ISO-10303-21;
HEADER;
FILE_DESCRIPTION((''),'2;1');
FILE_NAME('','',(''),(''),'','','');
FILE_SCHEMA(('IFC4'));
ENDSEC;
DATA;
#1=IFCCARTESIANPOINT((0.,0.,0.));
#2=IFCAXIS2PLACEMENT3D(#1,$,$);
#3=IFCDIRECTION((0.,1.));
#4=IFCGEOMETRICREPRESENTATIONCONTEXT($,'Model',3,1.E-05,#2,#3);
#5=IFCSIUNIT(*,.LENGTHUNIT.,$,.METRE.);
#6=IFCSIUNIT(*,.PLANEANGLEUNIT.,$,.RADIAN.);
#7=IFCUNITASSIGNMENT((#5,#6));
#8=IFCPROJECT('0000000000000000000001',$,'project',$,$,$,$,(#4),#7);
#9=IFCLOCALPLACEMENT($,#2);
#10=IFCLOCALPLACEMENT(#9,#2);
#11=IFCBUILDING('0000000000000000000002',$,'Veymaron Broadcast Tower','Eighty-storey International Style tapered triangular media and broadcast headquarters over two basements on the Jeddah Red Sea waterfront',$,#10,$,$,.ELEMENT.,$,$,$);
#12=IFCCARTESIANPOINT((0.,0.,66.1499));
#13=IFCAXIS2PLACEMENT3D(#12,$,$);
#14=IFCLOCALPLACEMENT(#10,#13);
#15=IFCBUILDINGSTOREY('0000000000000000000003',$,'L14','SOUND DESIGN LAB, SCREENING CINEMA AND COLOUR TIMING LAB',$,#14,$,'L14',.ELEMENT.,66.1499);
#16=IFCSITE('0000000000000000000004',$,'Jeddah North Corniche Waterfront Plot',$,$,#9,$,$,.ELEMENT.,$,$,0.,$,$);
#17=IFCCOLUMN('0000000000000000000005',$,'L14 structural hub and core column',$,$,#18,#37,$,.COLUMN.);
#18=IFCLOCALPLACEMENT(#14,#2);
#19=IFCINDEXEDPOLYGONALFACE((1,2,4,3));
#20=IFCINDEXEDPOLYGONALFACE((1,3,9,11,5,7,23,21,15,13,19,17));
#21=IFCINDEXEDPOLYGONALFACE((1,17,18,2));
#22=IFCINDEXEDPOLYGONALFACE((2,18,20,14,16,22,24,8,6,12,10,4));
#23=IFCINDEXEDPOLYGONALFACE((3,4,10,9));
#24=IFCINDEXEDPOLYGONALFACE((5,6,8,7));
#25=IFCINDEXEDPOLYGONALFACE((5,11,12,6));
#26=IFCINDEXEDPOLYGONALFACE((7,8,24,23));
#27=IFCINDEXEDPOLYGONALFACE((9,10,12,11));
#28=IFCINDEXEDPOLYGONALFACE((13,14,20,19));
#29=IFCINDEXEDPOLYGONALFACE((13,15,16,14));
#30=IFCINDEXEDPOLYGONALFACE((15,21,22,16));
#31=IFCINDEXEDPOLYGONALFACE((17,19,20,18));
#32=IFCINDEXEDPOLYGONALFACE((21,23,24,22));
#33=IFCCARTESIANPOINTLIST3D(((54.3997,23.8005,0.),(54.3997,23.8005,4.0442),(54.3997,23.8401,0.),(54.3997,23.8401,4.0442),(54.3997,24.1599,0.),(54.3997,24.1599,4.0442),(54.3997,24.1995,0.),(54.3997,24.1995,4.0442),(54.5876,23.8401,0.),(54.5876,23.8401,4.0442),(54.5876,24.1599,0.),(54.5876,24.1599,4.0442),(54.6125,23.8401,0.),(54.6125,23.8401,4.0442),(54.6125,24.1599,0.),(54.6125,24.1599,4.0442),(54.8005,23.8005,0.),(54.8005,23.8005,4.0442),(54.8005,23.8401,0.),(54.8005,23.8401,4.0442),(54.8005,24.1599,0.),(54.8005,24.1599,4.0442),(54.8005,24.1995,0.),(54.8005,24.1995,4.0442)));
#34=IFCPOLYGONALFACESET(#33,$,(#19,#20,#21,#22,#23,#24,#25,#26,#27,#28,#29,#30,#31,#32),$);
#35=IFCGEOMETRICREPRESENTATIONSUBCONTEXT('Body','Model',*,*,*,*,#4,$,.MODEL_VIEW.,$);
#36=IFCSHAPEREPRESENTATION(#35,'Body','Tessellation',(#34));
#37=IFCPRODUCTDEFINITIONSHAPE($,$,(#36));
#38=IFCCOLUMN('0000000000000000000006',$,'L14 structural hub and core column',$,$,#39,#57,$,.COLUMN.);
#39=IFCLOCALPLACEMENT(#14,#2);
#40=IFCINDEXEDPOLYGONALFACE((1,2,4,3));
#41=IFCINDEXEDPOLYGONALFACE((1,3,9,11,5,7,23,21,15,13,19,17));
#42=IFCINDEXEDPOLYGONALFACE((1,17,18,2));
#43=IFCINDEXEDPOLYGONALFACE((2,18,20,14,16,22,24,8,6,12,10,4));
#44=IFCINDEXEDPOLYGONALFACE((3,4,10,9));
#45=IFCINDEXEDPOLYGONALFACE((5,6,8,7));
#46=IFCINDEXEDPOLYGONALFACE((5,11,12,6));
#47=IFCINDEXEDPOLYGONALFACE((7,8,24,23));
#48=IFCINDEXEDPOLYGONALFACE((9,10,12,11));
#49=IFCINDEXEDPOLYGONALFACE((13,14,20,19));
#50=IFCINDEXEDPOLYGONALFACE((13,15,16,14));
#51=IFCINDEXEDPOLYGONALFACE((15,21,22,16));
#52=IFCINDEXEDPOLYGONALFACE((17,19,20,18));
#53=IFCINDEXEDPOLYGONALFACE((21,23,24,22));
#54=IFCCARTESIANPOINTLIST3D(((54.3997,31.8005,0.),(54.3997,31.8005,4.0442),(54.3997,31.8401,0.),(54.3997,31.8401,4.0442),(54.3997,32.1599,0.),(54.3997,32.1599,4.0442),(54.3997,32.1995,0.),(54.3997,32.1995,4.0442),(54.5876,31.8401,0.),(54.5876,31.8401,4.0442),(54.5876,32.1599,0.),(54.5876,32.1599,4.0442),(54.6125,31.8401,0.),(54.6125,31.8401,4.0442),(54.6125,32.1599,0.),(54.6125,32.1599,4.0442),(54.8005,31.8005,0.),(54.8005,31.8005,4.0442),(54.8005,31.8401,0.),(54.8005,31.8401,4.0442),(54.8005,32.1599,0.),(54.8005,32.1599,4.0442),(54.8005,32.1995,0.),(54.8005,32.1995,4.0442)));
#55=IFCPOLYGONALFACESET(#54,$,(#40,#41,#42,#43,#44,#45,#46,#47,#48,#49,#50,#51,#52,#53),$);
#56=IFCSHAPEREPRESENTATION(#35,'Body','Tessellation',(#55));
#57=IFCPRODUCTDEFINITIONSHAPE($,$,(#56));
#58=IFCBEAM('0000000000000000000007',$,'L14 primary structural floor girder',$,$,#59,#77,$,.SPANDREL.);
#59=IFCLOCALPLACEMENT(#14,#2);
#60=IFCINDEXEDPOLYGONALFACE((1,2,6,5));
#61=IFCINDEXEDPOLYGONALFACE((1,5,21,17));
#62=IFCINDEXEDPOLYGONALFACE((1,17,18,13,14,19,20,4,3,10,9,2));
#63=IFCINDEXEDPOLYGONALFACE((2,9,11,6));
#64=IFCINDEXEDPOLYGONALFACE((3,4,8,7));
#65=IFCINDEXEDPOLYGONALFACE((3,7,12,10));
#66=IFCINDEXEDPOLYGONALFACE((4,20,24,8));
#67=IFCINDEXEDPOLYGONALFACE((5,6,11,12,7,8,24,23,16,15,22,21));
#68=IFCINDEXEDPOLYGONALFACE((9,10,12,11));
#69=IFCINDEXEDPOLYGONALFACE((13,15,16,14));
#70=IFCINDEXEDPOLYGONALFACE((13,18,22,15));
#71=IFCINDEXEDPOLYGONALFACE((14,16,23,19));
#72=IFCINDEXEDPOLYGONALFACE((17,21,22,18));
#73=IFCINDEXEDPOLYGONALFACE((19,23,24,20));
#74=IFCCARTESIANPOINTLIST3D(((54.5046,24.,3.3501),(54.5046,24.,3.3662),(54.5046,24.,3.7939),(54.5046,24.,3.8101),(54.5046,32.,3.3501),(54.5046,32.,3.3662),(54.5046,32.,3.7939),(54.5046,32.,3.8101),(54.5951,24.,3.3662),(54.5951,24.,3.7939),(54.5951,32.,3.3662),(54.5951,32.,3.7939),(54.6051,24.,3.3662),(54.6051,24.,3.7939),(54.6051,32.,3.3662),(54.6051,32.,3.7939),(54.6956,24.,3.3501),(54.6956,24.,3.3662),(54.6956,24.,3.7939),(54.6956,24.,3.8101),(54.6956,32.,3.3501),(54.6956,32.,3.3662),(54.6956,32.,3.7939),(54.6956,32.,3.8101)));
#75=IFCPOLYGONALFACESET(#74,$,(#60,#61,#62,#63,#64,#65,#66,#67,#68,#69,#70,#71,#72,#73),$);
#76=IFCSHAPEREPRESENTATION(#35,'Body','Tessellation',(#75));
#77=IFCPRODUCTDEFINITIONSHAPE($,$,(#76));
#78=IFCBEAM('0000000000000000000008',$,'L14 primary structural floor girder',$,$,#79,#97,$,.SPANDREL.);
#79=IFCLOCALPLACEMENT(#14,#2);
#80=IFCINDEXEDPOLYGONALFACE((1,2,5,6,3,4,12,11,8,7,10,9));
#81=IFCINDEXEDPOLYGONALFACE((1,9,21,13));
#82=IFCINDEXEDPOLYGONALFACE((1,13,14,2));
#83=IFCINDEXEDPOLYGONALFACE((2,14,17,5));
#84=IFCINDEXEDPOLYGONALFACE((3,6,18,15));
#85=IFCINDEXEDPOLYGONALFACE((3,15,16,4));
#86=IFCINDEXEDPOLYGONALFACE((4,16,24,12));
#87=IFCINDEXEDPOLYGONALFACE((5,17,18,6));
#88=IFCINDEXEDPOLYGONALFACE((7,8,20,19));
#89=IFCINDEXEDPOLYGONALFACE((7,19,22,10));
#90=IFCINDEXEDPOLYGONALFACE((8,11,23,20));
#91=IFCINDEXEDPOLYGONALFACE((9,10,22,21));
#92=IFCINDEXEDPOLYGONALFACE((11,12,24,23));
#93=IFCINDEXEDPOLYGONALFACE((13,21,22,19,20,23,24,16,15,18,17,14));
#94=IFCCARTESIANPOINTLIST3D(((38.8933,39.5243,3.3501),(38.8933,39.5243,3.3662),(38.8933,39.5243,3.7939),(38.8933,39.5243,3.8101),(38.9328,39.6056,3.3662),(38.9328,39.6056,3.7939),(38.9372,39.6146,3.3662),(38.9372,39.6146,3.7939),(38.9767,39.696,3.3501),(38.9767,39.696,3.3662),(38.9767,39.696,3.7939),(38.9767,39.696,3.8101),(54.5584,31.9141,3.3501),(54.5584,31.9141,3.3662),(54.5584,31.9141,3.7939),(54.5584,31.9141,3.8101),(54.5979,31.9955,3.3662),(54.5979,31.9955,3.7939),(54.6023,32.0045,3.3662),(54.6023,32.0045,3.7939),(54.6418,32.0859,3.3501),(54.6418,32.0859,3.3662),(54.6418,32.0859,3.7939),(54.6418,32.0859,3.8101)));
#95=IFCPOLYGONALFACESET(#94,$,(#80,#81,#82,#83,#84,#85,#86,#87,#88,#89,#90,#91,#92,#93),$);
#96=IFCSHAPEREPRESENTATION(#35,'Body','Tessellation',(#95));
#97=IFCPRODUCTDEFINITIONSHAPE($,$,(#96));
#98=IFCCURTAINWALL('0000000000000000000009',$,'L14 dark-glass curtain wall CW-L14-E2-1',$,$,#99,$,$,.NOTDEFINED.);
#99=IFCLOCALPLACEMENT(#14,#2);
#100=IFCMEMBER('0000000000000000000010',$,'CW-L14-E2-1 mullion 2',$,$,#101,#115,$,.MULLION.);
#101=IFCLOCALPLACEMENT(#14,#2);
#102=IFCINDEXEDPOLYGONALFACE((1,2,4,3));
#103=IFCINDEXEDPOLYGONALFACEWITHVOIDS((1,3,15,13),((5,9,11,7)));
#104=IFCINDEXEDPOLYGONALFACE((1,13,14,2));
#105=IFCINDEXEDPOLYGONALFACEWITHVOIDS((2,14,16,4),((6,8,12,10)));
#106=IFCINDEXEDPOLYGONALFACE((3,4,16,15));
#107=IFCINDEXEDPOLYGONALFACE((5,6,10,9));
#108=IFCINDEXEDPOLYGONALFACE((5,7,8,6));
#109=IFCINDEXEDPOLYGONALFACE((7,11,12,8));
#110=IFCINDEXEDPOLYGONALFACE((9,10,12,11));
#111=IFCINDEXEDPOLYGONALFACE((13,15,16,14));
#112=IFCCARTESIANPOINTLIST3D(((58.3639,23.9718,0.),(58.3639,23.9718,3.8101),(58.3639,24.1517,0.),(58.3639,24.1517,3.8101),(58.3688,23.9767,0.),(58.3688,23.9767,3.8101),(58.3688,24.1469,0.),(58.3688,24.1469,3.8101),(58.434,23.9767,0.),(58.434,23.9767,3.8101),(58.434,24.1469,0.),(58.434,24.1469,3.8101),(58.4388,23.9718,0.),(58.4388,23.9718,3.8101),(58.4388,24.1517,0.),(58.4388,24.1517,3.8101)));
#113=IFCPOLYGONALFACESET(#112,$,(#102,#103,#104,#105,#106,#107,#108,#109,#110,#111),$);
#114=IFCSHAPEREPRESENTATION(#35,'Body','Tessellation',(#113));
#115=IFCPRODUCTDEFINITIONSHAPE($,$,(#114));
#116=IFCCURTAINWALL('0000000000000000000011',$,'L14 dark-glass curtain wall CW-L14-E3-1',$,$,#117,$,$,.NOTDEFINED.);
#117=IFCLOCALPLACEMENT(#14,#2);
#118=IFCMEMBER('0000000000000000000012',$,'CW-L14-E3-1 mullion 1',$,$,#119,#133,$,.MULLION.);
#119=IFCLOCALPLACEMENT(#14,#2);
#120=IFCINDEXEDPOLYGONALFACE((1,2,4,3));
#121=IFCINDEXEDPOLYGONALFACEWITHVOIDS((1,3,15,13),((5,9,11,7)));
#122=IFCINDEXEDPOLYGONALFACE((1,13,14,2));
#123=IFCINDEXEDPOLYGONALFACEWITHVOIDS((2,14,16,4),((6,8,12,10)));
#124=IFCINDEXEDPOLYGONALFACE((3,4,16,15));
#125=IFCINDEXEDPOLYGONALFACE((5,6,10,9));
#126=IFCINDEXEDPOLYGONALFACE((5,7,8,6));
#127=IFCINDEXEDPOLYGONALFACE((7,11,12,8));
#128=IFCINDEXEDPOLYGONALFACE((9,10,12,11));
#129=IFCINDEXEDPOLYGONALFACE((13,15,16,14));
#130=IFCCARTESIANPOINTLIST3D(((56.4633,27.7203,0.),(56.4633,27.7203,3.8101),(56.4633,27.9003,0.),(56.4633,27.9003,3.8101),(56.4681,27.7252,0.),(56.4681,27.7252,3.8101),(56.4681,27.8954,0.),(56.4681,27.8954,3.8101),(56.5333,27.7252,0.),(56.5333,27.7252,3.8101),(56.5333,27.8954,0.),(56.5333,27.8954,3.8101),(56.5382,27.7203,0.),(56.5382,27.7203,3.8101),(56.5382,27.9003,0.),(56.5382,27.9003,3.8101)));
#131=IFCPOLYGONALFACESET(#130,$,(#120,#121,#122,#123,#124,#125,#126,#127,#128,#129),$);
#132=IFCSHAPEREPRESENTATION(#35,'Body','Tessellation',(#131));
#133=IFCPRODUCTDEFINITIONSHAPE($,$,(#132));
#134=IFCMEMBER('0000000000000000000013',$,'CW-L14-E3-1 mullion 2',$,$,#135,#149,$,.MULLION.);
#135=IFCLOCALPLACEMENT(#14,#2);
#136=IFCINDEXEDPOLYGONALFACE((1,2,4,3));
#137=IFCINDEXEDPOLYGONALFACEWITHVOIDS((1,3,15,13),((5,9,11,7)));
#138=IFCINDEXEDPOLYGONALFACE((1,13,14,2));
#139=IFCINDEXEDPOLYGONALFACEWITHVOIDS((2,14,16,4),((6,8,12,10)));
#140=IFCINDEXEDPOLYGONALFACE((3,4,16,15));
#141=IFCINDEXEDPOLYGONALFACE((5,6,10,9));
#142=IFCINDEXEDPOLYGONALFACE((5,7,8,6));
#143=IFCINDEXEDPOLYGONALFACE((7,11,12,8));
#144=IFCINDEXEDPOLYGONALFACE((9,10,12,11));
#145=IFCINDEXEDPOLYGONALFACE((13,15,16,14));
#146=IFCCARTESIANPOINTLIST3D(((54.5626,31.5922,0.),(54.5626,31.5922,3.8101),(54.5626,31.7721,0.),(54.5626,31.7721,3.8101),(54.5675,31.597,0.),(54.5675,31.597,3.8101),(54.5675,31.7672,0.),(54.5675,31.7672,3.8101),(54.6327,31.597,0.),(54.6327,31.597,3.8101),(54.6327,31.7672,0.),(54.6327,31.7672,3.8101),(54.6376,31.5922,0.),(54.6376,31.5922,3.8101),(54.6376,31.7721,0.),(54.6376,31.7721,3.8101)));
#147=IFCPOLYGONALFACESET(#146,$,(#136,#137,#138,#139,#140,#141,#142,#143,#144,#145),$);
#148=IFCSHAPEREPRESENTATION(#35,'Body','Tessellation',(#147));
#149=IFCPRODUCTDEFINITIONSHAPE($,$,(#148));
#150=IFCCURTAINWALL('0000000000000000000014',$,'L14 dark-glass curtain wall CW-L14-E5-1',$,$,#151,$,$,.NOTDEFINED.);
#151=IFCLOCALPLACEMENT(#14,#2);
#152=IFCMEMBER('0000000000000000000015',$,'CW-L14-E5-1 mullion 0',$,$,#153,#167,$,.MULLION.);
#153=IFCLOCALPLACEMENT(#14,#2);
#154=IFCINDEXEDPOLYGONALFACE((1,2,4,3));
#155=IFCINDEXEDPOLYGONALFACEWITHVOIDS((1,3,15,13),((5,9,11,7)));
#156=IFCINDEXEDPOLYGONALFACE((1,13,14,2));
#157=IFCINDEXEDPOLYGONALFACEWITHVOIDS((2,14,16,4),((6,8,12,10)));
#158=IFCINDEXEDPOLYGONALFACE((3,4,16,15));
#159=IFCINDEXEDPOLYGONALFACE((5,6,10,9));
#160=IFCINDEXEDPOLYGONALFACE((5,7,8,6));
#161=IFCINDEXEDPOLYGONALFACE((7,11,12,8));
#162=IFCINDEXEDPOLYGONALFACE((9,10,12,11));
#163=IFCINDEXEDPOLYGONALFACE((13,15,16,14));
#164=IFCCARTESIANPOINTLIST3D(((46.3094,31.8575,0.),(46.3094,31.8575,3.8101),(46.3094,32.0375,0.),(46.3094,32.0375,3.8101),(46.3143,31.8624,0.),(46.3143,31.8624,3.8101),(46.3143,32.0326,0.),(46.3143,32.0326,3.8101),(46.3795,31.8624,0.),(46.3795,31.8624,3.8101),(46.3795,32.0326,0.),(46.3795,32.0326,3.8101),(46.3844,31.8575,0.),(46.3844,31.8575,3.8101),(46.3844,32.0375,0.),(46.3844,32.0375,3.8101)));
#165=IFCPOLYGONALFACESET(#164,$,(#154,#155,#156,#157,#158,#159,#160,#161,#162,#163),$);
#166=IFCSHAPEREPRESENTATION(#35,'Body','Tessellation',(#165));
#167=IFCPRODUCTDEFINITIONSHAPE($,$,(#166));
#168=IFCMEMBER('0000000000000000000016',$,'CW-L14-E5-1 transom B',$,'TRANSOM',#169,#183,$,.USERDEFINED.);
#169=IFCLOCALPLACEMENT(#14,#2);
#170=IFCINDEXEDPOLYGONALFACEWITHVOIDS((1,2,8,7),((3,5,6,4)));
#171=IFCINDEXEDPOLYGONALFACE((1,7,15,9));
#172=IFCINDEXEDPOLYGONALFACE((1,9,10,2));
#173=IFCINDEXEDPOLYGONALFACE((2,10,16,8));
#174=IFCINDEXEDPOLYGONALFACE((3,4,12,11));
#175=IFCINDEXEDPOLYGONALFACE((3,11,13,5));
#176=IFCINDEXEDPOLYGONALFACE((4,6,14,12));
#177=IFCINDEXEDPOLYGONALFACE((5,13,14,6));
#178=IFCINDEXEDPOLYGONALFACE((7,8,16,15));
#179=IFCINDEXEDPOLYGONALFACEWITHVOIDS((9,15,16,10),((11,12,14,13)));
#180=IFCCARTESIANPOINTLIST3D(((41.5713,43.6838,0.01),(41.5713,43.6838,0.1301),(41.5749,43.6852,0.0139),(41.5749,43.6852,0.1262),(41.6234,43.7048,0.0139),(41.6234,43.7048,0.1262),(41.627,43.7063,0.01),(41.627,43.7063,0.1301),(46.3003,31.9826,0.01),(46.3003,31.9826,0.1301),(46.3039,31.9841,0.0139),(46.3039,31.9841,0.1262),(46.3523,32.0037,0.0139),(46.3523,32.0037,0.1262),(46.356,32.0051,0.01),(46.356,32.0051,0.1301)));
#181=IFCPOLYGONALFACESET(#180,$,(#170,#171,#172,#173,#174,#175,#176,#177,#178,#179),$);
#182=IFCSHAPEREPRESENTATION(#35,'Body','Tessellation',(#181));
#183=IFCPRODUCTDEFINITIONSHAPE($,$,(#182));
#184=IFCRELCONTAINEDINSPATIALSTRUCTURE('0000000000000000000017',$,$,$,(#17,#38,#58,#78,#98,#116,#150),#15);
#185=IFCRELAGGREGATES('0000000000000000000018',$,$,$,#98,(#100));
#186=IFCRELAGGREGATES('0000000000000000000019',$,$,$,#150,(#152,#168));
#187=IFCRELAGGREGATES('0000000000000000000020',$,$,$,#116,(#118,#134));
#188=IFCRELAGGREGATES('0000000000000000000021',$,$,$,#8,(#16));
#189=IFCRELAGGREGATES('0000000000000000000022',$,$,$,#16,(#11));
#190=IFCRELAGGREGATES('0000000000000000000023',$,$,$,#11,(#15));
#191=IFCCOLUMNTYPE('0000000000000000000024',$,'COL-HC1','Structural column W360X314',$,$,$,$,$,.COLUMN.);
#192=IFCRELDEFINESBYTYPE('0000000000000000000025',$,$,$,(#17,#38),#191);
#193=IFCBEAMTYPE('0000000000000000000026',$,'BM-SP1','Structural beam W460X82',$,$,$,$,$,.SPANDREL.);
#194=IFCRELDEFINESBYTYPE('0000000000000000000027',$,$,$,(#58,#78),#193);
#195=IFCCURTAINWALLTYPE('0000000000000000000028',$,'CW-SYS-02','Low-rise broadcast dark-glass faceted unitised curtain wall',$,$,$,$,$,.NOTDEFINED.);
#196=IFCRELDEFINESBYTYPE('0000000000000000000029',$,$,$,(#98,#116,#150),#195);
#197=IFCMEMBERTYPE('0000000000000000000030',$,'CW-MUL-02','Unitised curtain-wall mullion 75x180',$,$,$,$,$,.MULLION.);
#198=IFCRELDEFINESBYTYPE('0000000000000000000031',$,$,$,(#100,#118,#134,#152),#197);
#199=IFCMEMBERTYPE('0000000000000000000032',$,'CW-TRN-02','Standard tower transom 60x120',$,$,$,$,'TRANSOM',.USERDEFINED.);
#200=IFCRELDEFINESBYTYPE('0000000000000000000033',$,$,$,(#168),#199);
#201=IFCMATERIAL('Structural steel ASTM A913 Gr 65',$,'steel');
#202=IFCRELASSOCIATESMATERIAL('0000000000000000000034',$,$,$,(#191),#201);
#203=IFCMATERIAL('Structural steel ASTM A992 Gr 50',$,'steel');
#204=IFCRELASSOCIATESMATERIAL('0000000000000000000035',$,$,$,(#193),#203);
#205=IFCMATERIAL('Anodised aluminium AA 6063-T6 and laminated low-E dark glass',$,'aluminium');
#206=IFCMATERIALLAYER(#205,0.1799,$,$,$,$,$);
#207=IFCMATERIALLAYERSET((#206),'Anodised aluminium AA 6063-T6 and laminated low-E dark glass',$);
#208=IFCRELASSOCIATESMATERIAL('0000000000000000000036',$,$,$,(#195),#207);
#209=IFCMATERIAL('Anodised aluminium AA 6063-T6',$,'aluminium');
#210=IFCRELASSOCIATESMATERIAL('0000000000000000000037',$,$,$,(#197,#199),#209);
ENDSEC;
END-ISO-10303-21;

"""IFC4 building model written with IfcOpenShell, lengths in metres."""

from ifc_helpers import new_model, si_unit, direction, frame, origin, origin_2d, place, context, subcontext, project, spatial, hollow_rectangle, i_section, extrude, material, layer, layer_set, material_profile, profile_set, type_object, element, aggregate, save


model = new_model("IFC4")

# Units and contexts
model_context = context("Model", 3, precision=1e-05, world=origin(), true_north=direction((0.0, 1.0)))
body_context = subcontext(model_context, "Body", "Model", "MODEL_VIEW")
ifc_project = project(units=[si_unit("LENGTHUNIT", "METRE"), si_unit("PLANEANGLEUNIT", "RADIAN")], contexts=[model_context])

# Site, building, storey
site_placement = place(None, origin())
site = spatial("IfcSite", under=ifc_project, at=site_placement, Name="Jeddah North Corniche Waterfront Plot", CompositionType="ELEMENT", RefElevation=0.0)
building_placement = place(site_placement, origin())
building = spatial("IfcBuilding", under=site, at=building_placement, Name="Veymaron Broadcast Tower", Description="Eighty-storey International Style tapered triangular media and broadcast headquarters over two basements on the Jeddah Red Sea waterfront", CompositionType="ELEMENT")
storey_placement = place(building_placement, frame((0.0, 0.0, 66.1499)))
storey = spatial("IfcBuildingStorey", under=building, at=storey_placement, Name="L14", Description="SOUND DESIGN LAB, SCREENING CINEMA AND COLOUR TIMING LAB", LongName="L14", CompositionType="ELEMENT", Elevation=66.1499)

# Columns
ifc_material_1 = material(Name="Structural steel ASTM A913 Gr 65", Category="steel")
ifc_material_profile_1 = material_profile(ifc_material_1, i_section(OverallWidth=0.4009, OverallDepth=0.3989, WebThickness=0.0249, FlangeThickness=0.0396, at=origin_2d()), Name="W360X314")
ifc_profile_set_1 = profile_set([ifc_material_profile_1], Name="Structural steel ASTM A913 Gr 65")
column_type = type_object("IfcColumnType", Name="COL-HC1", Description="Structural column W360X314", PredefinedType="COLUMN", material=ifc_profile_set_1)
for number, where, z_axis, x_axis, name in (
    (1, (54.6001, 24.0, 0.0), (0.0, 0.0, 1.0), (1.0, 0.0, 0.0), "L14 structural hub and core column"),
    (2, (54.6001, 32.0, 0.0), (0.0, 0.0, 1.0), (1.0, 0.0, 0.0), "L14 structural hub and core column"),
):
    element("IfcColumn", number, at=place(storey_placement, frame(where, z_axis=z_axis, x_axis=x_axis)), inside=storey, type_object=column_type, Name=name, PredefinedType="COLUMN", context=body_context, shape_type="SweptSolid", body=[
        extrude(i_section(OverallWidth=0.4009, OverallDepth=0.3989, WebThickness=0.0249, FlangeThickness=0.0396, at=origin_2d()), origin(), (0.0, 0.0, 1.0), 4.0442),
    ])

# Beams
ifc_material_2 = material(Name="Structural steel ASTM A992 Gr 50", Category="steel")
ifc_material_profile_2 = material_profile(ifc_material_2, i_section(OverallWidth=0.1909, OverallDepth=0.46, WebThickness=0.01, FlangeThickness=0.0161, at=origin_2d()), Name="W460X82")
ifc_profile_set_2 = profile_set([ifc_material_profile_2], Name="Structural steel ASTM A992 Gr 50")
beam_type = type_object("IfcBeamType", Name="BM-SP1", Description="Structural beam W460X82", PredefinedType="SPANDREL", material=ifc_profile_set_2)
beam_1_placement = place(storey_placement, frame((54.6001, 24.0, 3.5801), z_axis=(0.0, 1.0, 0.0), x_axis=(-1.0, 0.0, 0.0)))
element("IfcBeam", 3, at=beam_1_placement, inside=storey, type_object=beam_type, Name="L14 primary structural floor girder", PredefinedType="SPANDREL", context=body_context, shape_type="SweptSolid", body=[
    extrude(i_section(OverallWidth=0.1909, OverallDepth=0.46, WebThickness=0.01, FlangeThickness=0.0161, at=origin_2d()), origin(), (0.0, 0.0, 1.0), 8.0),
])
beam_2_placement = place(storey_placement, frame((54.6001, 32.0, 3.5801), z_axis=(-0.899477, 0.436968, 0.0), x_axis=(-0.436968, -0.899477, 0.0)))
element("IfcBeam", 4, at=beam_2_placement, inside=storey, type_object=beam_type, Name="L14 primary structural floor girder", PredefinedType="SPANDREL", context=body_context, shape_type="SweptSolid", body=[
    extrude(i_section(OverallWidth=0.1909, OverallDepth=0.46, WebThickness=0.01, FlangeThickness=0.0161, at=origin_2d()), origin(), (0.0, 0.0, 1.0), 17.4158),
])

# Curtain wall, member
ifc_material_3 = material(Name="Anodised aluminium AA 6063-T6 and laminated low-E dark glass", Category="aluminium")
ifc_layer_1 = layer(ifc_material_3, 0.1799)
ifc_layer_set_1 = layer_set([ifc_layer_1], Name="Anodised aluminium AA 6063-T6 and laminated low-E dark glass")
curtain_wall_type = type_object("IfcCurtainWallType", Name="CW-SYS-02", Description="Low-rise broadcast dark-glass faceted unitised curtain wall", PredefinedType="NOTDEFINED", material=ifc_layer_set_1)
curtain_wall_1_placement = place(storey_placement, origin())
curtain_wall_1 = element("IfcCurtainWall", 5, at=curtain_wall_1_placement, inside=storey, type_object=curtain_wall_type, Name="L14 dark-glass curtain wall CW-L14-E2-1", PredefinedType="NOTDEFINED")
ifc_material_4 = material(Name="Anodised aluminium AA 6063-T6", Category="aluminium")
ifc_material_profile_3 = material_profile(ifc_material_4, hollow_rectangle(XDim=0.075, YDim=0.1799, WallThickness=0.0049, at=origin_2d()), Name="AL180X75X5")
ifc_profile_set_3 = profile_set([ifc_material_profile_3], Name="Anodised aluminium AA 6063-T6")
member_type_1 = type_object("IfcMemberType", Name="CW-MUL-02", Description="Unitised curtain-wall mullion 75x180", PredefinedType="MULLION", material=ifc_profile_set_3)
member_1_placement = place(storey_placement, frame((58.4014, 24.0618, 0.0), z_axis=(0.0, 0.0, 1.0), x_axis=(1.0, 0.0, 0.0)))
member_1 = element("IfcMember", 6, at=member_1_placement, type_object=member_type_1, Name="CW-L14-E2-1 mullion 2", PredefinedType="MULLION", context=body_context, shape_type="SweptSolid", body=[
    extrude(hollow_rectangle(XDim=0.075, YDim=0.1799, WallThickness=0.0049, at=origin_2d()), origin(), (0.0, 0.0, 1.0), 3.8101),
])
aggregate(curtain_wall_1, [member_1])

# Curtain walls, members
curtain_wall_2_placement = place(storey_placement, origin())
curtain_wall_2 = element("IfcCurtainWall", 7, at=curtain_wall_2_placement, inside=storey, type_object=curtain_wall_type, Name="L14 dark-glass curtain wall CW-L14-E3-1", PredefinedType="NOTDEFINED")
member_2_placement = place(storey_placement, frame((56.5007, 27.8103, 0.0), z_axis=(0.0, 0.0, 1.0), x_axis=(1.0, 0.0, 0.0)))
member_2 = element("IfcMember", 8, at=member_2_placement, type_object=member_type_1, Name="CW-L14-E3-1 mullion 1", PredefinedType="MULLION", context=body_context, shape_type="SweptSolid", body=[
    extrude(hollow_rectangle(XDim=0.075, YDim=0.1799, WallThickness=0.0049, at=origin_2d()), origin(), (0.0, 0.0, 1.0), 3.8101),
])
member_3_placement = place(storey_placement, frame((54.6001, 31.6821, 0.0), z_axis=(0.0, 0.0, 1.0), x_axis=(1.0, 0.0, 0.0)))
member_3 = element("IfcMember", 9, at=member_3_placement, type_object=member_type_1, Name="CW-L14-E3-1 mullion 2", PredefinedType="MULLION", context=body_context, shape_type="SweptSolid", body=[
    extrude(hollow_rectangle(XDim=0.075, YDim=0.1799, WallThickness=0.0049, at=origin_2d()), origin(), (0.0, 0.0, 1.0), 3.8101),
])
curtain_wall_3_placement = place(storey_placement, origin())
curtain_wall_3 = element("IfcCurtainWall", 10, at=curtain_wall_3_placement, inside=storey, type_object=curtain_wall_type, Name="L14 dark-glass curtain wall CW-L14-E5-1", PredefinedType="NOTDEFINED")
member_4_placement = place(storey_placement, frame((46.3469, 31.9475, 0.0), z_axis=(0.0, 0.0, 1.0), x_axis=(1.0, 0.0, 0.0)))
member_4 = element("IfcMember", 11, at=member_4_placement, type_object=member_type_1, Name="CW-L14-E5-1 mullion 0", PredefinedType="MULLION", context=body_context, shape_type="SweptSolid", body=[
    extrude(hollow_rectangle(XDim=0.075, YDim=0.1799, WallThickness=0.0049, at=origin_2d()), origin(), (0.0, 0.0, 1.0), 3.8101),
])
ifc_material_profile_4 = material_profile(ifc_material_4, hollow_rectangle(XDim=0.0601, YDim=0.1201, WallThickness=0.0039, at=origin_2d()), Name="AL120X60X4")
ifc_profile_set_4 = profile_set([ifc_material_profile_4], Name="Anodised aluminium AA 6063-T6")
member_type_2 = type_object("IfcMemberType", Name="CW-TRN-02", Description="Standard tower transom 60x120", ElementType="TRANSOM", PredefinedType="USERDEFINED", material=ifc_profile_set_4)
member_5_placement = place(storey_placement, frame((46.3281, 31.9939, 0.0701), z_axis=(-0.374704, 0.927145, 0.0), x_axis=(-0.927145, -0.374704, 0.0)))
member_5 = element("IfcMember", 12, at=member_5_placement, type_object=member_type_2, Name="CW-L14-E5-1 transom B", ObjectType="TRANSOM", PredefinedType="USERDEFINED", context=body_context, shape_type="SweptSolid", body=[
    extrude(hollow_rectangle(XDim=0.0601, YDim=0.1201, WallThickness=0.0039, at=origin_2d()), origin(), (0.0, 0.0, 1.0), 12.6206),
])
aggregate(curtain_wall_3, [member_4, member_5])

aggregate(curtain_wall_2, [member_2, member_3])

save(model, "model.ifc")
